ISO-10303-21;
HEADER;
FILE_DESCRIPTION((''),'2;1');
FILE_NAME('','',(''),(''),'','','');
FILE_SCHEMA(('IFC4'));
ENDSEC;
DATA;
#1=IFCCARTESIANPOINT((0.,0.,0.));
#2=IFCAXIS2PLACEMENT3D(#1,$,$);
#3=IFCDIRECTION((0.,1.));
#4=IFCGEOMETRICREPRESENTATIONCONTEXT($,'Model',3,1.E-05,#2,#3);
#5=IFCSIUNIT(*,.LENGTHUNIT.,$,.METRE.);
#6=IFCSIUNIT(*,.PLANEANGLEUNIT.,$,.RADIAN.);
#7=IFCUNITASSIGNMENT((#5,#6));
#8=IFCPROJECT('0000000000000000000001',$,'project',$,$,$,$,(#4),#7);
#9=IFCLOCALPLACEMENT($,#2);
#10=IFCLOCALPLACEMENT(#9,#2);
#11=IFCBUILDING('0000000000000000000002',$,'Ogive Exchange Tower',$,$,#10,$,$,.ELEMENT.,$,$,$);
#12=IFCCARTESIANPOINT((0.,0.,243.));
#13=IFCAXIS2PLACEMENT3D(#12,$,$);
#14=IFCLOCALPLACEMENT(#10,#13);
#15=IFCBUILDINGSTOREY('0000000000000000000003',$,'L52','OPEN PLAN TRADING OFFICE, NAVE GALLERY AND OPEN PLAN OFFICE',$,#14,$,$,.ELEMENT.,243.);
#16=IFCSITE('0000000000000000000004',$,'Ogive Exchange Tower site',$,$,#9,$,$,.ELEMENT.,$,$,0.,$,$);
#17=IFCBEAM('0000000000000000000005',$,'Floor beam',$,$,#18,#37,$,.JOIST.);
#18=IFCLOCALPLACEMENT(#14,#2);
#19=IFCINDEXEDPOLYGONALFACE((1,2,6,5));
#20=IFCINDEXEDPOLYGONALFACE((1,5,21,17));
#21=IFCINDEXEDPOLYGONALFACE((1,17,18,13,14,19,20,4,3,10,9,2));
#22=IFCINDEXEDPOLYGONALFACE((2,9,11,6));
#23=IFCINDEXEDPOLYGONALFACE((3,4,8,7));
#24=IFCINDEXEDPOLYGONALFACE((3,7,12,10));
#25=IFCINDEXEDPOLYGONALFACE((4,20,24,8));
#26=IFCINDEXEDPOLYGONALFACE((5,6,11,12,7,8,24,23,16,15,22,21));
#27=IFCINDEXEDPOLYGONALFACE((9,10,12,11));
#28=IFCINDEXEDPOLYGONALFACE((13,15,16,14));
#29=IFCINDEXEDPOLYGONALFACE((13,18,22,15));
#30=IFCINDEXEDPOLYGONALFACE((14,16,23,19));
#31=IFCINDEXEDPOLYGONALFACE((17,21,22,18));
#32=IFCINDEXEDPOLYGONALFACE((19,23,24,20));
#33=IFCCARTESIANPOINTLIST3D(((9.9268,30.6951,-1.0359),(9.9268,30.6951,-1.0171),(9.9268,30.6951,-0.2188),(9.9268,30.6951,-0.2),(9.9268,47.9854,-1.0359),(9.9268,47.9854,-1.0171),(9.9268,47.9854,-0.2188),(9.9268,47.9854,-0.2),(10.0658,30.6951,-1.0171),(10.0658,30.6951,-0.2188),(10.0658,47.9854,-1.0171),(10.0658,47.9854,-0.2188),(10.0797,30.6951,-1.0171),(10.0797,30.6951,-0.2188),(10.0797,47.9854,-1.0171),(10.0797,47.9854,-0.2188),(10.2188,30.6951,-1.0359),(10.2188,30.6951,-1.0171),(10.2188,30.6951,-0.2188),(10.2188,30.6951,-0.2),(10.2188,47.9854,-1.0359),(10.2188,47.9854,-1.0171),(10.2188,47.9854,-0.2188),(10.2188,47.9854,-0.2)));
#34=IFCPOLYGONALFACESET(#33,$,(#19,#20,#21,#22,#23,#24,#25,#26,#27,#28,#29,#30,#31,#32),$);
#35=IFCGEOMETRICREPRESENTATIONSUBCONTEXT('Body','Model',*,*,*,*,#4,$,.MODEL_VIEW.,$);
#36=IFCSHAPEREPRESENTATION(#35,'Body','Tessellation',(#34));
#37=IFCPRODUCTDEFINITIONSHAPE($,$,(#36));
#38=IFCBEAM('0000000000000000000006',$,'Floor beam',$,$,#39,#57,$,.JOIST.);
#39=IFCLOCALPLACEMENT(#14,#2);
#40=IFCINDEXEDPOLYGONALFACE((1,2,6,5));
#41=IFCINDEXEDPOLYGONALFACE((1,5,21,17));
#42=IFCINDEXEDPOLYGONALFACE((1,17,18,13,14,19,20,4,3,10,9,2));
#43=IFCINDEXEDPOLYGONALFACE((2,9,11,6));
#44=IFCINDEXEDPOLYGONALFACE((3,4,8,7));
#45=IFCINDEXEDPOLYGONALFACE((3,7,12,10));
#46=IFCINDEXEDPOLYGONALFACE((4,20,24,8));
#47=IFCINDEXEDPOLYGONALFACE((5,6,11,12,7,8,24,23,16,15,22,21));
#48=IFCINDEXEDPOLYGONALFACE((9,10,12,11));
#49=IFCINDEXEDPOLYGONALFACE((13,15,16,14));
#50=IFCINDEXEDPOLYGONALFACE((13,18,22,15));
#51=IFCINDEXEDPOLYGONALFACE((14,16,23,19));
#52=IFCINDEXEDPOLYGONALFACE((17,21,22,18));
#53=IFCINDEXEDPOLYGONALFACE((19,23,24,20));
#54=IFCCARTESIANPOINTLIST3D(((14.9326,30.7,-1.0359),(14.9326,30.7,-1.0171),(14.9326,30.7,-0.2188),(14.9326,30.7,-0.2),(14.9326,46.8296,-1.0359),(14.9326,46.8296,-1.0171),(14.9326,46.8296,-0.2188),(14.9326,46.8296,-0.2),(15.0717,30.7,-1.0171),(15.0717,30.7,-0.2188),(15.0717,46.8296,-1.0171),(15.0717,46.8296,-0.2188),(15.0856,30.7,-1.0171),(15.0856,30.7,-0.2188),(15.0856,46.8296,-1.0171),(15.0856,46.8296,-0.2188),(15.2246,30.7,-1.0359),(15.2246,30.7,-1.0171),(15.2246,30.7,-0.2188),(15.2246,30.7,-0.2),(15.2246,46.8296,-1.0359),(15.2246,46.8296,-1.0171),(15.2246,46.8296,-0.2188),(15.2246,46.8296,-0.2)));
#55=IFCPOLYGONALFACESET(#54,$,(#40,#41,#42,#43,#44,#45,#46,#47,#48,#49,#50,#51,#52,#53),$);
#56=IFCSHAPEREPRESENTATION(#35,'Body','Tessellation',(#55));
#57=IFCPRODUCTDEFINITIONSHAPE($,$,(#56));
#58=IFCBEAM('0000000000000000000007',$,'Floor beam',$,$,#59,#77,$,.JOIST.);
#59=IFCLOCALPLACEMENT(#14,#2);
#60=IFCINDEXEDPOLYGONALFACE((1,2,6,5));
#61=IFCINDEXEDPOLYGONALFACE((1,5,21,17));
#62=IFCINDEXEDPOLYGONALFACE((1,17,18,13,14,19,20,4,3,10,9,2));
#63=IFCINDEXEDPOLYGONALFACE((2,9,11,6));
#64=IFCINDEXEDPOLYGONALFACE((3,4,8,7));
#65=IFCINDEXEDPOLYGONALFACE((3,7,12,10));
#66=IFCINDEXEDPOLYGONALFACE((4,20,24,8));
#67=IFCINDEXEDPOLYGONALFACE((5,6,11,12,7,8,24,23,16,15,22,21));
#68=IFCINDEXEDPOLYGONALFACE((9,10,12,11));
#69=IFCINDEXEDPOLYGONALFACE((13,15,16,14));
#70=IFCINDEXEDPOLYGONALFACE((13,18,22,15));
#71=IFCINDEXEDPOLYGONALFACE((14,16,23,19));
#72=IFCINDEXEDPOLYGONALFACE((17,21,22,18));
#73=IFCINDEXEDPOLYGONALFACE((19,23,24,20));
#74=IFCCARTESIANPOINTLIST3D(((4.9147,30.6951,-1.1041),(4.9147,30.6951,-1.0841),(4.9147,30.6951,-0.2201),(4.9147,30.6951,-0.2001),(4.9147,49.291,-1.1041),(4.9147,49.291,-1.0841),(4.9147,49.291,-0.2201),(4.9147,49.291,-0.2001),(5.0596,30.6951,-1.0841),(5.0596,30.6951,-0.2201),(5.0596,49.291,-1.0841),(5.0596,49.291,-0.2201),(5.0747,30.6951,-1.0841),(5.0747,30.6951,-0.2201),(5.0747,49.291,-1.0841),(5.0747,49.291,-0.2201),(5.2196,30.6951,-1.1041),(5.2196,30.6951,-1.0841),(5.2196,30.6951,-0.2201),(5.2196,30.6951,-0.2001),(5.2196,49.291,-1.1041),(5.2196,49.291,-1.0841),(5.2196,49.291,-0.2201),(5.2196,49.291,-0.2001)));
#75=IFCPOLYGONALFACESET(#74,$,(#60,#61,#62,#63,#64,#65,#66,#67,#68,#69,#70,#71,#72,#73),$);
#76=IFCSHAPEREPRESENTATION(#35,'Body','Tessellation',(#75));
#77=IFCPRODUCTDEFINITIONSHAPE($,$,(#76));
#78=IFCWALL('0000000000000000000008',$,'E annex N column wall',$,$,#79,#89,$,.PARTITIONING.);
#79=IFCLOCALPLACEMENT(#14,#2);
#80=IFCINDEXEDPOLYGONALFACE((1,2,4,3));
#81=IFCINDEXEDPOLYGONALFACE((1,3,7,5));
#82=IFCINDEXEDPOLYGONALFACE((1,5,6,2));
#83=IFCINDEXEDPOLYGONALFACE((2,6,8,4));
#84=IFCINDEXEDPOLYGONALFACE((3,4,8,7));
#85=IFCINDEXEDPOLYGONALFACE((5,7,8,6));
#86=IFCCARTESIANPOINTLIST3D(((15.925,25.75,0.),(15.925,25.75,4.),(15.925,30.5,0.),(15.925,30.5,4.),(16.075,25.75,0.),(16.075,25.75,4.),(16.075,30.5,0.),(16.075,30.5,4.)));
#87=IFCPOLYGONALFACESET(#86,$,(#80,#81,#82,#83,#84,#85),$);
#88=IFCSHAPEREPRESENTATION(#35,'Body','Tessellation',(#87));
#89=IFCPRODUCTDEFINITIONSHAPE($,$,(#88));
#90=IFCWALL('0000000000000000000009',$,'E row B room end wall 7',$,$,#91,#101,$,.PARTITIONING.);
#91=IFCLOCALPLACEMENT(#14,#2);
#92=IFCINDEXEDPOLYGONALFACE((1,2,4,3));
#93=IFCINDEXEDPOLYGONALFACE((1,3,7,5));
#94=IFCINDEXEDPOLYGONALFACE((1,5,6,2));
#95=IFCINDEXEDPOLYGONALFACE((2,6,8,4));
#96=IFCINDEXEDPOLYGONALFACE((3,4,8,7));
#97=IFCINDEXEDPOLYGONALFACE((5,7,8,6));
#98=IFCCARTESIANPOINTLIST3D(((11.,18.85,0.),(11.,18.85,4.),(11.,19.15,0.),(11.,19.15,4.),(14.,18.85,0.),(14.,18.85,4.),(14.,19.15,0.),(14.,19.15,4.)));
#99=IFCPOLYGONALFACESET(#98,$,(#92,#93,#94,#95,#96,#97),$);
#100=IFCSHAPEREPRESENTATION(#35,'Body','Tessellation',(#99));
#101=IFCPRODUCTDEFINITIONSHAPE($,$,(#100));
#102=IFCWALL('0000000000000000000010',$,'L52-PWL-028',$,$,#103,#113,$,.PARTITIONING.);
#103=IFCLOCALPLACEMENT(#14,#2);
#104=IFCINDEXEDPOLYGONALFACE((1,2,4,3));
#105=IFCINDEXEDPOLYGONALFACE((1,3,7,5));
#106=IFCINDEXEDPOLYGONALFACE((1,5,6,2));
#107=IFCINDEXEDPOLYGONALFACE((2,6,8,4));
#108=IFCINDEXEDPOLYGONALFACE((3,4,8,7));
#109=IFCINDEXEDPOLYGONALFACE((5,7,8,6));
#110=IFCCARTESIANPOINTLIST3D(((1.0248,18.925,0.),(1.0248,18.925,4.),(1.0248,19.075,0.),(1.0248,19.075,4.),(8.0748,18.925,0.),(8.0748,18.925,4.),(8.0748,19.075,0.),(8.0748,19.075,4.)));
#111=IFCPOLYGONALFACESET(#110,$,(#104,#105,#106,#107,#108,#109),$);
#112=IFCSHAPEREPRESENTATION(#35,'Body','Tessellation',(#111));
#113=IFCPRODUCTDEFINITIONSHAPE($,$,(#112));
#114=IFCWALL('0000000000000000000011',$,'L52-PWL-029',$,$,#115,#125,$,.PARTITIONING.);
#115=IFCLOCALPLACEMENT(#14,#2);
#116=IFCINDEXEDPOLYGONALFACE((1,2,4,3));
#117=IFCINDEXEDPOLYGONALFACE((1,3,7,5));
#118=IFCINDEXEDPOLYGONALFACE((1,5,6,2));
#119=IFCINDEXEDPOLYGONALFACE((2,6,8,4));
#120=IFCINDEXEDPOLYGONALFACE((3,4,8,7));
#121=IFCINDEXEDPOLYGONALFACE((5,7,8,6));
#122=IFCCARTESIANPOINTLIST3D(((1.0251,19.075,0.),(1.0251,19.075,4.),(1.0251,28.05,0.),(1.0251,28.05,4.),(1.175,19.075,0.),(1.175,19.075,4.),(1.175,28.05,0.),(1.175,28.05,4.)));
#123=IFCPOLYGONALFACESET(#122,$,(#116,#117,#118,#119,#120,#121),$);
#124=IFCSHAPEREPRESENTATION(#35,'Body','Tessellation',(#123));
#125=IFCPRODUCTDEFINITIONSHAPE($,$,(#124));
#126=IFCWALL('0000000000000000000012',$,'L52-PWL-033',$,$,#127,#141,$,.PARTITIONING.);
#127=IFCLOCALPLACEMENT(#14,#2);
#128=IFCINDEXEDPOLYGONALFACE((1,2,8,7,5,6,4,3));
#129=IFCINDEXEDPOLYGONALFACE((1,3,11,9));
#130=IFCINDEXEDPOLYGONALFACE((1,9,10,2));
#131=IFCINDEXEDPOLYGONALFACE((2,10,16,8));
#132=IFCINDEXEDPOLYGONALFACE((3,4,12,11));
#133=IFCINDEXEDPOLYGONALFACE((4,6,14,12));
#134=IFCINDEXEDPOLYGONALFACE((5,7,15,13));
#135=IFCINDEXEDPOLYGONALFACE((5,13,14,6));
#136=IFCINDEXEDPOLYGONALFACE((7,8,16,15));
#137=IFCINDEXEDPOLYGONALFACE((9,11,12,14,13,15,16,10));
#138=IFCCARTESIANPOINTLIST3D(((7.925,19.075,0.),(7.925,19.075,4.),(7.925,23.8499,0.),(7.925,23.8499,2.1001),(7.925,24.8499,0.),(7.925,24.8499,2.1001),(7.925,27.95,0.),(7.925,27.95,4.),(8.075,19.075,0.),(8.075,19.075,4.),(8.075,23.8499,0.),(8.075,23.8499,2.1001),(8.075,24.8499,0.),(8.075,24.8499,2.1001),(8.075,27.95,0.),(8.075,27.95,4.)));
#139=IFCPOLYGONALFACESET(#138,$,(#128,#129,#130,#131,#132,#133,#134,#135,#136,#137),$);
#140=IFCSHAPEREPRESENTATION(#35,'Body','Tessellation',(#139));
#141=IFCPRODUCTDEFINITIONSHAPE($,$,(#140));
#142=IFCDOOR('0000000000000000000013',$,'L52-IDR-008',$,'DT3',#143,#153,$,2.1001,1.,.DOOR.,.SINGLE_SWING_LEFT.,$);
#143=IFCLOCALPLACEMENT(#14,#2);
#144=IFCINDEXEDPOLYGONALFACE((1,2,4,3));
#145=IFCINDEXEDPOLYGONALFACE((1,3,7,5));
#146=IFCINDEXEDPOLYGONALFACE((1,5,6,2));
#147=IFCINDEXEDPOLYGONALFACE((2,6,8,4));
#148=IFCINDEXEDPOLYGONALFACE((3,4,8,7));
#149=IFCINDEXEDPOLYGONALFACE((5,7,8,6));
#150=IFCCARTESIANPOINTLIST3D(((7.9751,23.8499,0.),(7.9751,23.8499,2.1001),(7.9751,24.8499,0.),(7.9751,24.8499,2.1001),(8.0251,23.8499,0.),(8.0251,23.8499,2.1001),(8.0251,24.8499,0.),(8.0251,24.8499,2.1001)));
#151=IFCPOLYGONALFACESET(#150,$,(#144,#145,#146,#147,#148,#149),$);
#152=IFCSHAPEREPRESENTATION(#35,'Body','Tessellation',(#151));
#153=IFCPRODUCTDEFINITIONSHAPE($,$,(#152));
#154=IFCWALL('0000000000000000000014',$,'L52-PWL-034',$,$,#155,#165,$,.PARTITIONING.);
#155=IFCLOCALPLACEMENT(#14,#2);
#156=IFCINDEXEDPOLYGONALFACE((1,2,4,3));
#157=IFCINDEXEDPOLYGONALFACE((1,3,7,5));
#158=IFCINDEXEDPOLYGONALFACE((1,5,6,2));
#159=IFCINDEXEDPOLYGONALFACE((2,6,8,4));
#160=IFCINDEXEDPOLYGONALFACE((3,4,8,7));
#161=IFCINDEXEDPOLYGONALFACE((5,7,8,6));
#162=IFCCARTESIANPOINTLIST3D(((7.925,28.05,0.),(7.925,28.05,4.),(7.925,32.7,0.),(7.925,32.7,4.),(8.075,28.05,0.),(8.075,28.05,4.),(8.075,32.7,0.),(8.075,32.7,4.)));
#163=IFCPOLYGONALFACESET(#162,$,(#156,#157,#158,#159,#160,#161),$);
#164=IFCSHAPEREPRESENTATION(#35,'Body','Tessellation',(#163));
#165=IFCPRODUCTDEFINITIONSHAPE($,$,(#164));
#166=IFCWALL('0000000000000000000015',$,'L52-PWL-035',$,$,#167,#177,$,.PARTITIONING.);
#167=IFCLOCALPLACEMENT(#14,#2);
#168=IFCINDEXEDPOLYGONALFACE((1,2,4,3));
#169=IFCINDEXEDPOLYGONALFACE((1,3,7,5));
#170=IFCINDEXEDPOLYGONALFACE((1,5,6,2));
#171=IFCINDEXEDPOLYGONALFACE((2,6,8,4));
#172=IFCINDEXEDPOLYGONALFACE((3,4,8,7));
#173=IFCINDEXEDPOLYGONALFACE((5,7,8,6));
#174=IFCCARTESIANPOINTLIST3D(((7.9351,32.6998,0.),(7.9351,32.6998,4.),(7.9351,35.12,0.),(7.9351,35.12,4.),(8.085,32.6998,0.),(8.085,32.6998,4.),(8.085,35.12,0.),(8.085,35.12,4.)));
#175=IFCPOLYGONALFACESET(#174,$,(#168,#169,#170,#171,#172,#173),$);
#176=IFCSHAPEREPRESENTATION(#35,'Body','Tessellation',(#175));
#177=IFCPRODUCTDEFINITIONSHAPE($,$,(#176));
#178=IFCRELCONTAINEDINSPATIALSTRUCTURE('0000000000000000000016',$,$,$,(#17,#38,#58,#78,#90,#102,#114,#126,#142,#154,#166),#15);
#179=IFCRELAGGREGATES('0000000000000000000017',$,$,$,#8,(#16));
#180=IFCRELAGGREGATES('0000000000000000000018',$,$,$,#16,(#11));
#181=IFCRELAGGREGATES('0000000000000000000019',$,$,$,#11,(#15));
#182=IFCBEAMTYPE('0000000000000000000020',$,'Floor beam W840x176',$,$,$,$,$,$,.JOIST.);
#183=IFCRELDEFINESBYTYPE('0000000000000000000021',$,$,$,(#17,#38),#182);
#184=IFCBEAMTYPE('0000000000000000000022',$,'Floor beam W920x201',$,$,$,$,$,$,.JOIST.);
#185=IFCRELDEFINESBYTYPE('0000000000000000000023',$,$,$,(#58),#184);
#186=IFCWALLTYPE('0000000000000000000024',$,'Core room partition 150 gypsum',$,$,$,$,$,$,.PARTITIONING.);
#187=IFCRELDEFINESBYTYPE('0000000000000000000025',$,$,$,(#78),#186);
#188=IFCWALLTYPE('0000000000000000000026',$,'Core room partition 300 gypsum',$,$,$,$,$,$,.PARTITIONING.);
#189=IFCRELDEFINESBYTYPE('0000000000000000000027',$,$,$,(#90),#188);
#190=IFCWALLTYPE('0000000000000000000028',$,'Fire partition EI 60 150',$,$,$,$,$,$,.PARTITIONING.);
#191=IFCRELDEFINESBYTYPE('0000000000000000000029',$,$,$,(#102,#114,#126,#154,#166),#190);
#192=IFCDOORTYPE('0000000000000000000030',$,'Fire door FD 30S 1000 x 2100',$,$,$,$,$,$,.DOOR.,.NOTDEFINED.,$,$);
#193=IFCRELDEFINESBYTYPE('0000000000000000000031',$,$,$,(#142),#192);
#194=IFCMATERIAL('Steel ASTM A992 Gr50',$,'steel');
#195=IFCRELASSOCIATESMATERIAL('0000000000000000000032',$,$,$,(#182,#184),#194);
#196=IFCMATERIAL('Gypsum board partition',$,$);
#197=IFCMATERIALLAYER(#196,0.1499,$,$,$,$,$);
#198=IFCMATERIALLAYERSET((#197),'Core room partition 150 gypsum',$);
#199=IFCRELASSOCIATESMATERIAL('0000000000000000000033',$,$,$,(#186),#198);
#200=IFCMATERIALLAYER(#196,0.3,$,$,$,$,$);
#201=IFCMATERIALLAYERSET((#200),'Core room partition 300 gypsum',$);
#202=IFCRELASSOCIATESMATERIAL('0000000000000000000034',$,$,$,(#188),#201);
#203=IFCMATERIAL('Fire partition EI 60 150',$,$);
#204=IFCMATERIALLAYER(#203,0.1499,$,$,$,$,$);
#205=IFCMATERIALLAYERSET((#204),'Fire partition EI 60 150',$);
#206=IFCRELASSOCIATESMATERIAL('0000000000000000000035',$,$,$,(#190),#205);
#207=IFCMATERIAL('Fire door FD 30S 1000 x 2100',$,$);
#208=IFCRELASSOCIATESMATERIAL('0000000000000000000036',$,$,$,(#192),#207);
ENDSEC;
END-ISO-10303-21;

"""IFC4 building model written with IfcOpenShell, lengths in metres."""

from ifc_helpers import new_model, si_unit, direction, frame, frame_2d, origin, origin_2d, place, context, subcontext, project, spatial, rectangle, i_section, extrude, material, layer, layer_set, material_profile, profile_set, type_object, element, fill, save


model = new_model("IFC4")

# Units and contexts
model_context = context("Model", 3, precision=1e-05, world=origin(), true_north=direction((0.0, 1.0)))
body_context = subcontext(model_context, "Body", "Model", "MODEL_VIEW")
ifc_project = project(units=[si_unit("LENGTHUNIT", "METRE"), si_unit("PLANEANGLEUNIT", "RADIAN")], contexts=[model_context])

# Site, building, storey
site_placement = place(None, origin())
site = spatial("IfcSite", under=ifc_project, at=site_placement, Name="Ogive Exchange Tower site", CompositionType="ELEMENT", RefElevation=0.0)
building_placement = place(site_placement, origin())
building = spatial("IfcBuilding", under=site, at=building_placement, Name="Ogive Exchange Tower", CompositionType="ELEMENT")
storey_placement = place(building_placement, frame((0.0, 0.0, 243.0)))
storey = spatial("IfcBuildingStorey", under=building, at=storey_placement, Name="L52", Description="OPEN PLAN TRADING OFFICE, NAVE GALLERY AND OPEN PLAN OFFICE", CompositionType="ELEMENT", Elevation=243.0)

# Beams
ifc_material_1 = material(Name="Steel ASTM A992 Gr50", Category="steel")
ifc_material_profile_1 = material_profile(ifc_material_1, i_section(OverallWidth=0.292, OverallDepth=0.8359, WebThickness=0.0139, FlangeThickness=0.0188, at=origin_2d()), Name="W840x176")
ifc_profile_set_1 = profile_set([ifc_material_profile_1], Name="Steel ASTM A992 Gr50")
beam_type_1 = type_object("IfcBeamType", Name="Floor beam W840x176", PredefinedType="JOIST", material=ifc_profile_set_1)
beam_1_placement = place(storey_placement, frame((10.0728, 30.6951, -0.6179), z_axis=(0.0, 1.0, 0.0), x_axis=(-1.0, 0.0, 0.0)))
element("IfcBeam", 1, at=beam_1_placement, inside=storey, type_object=beam_type_1, Name="Floor beam", PredefinedType="JOIST", context=body_context, shape_type="SweptSolid", body=[
    extrude(i_section(OverallWidth=0.292, OverallDepth=0.8359, WebThickness=0.0139, FlangeThickness=0.0188, at=origin_2d()), origin(), (0.0, 0.0, 1.0), 17.2903),
])
beam_2_placement = place(storey_placement, frame((15.0786, 30.7, -0.6179), z_axis=(0.0, 1.0, 0.0), x_axis=(-1.0, 0.0, 0.0)))
element("IfcBeam", 2, at=beam_2_placement, inside=storey, type_object=beam_type_1, Name="Floor beam", PredefinedType="JOIST", context=body_context, shape_type="SweptSolid", body=[
    extrude(i_section(OverallWidth=0.292, OverallDepth=0.8359, WebThickness=0.0139, FlangeThickness=0.0188, at=origin_2d()), origin(), (0.0, 0.0, 1.0), 16.1296),
])
ifc_material_profile_2 = material_profile(ifc_material_1, i_section(OverallWidth=0.3049, OverallDepth=0.9041, WebThickness=0.0151, FlangeThickness=0.02, at=origin_2d()), Name="W920x201")
ifc_profile_set_2 = profile_set([ifc_material_profile_2], Name="Steel ASTM A992 Gr50")
beam_type_2 = type_object("IfcBeamType", Name="Floor beam W920x201", PredefinedType="JOIST", material=ifc_profile_set_2)
beam_3_placement = place(storey_placement, frame((5.0671, 30.6951, -0.6521), z_axis=(0.0, 1.0, 0.0), x_axis=(-1.0, 0.0, 0.0)))
element("IfcBeam", 3, at=beam_3_placement, inside=storey, type_object=beam_type_2, Name="Floor beam", PredefinedType="JOIST", context=body_context, shape_type="SweptSolid", body=[
    extrude(i_section(OverallWidth=0.3049, OverallDepth=0.9041, WebThickness=0.0151, FlangeThickness=0.02, at=origin_2d()), origin(), (0.0, 0.0, 1.0), 18.5959),
])

# Walls
ifc_material_2 = material(Name="Gypsum board partition")
ifc_layer_1 = layer(ifc_material_2, 0.1499)
ifc_layer_set_1 = layer_set([ifc_layer_1], Name="Core room partition 150 gypsum")
wall_type_1 = type_object("IfcWallType", Name="Core room partition 150 gypsum", PredefinedType="PARTITIONING", material=ifc_layer_set_1)
wall_1_placement = place(storey_placement, frame((16.0, 25.75, 0.0), z_axis=(0.0, 0.0, 1.0), x_axis=(0.0, 1.0, 0.0)))
element("IfcWall", 4, at=wall_1_placement, inside=storey, type_object=wall_type_1, Name="E annex N column wall", PredefinedType="PARTITIONING", context=body_context, shape_type="SweptSolid", body=[
    extrude(rectangle(XDim=4.75, YDim=0.1499, at=frame_2d((2.375, 0.0))), origin(), (0.0, 0.0, 1.0), 4.0),
])
ifc_layer_2 = layer(ifc_material_2, 0.3)
ifc_layer_set_2 = layer_set([ifc_layer_2], Name="Core room partition 300 gypsum")
wall_type_2 = type_object("IfcWallType", Name="Core room partition 300 gypsum", PredefinedType="PARTITIONING", material=ifc_layer_set_2)
wall_2_placement = place(storey_placement, frame((11.0, 19.0, 0.0), z_axis=(0.0, 0.0, 1.0), x_axis=(1.0, 0.0, 0.0)))
element("IfcWall", 5, at=wall_2_placement, inside=storey, type_object=wall_type_2, Name="E row B room end wall 7", PredefinedType="PARTITIONING", context=body_context, shape_type="SweptSolid", body=[
    extrude(rectangle(XDim=3.0, YDim=0.3, at=frame_2d((1.5, 0.0))), origin(), (0.0, 0.0, 1.0), 4.0),
])
ifc_material_3 = material(Name="Fire partition EI 60 150")
ifc_layer_3 = layer(ifc_material_3, 0.1499)
ifc_layer_set_3 = layer_set([ifc_layer_3], Name="Fire partition EI 60 150")
wall_type_3 = type_object("IfcWallType", Name="Fire partition EI 60 150", PredefinedType="PARTITIONING", material=ifc_layer_set_3)
wall_3_placement = place(storey_placement, frame((1.0249, 19.0, 0.0), z_axis=(0.0, 0.0, 1.0), x_axis=(1.0, 0.0, 0.0)))
element("IfcWall", 6, at=wall_3_placement, inside=storey, type_object=wall_type_3, Name="L52-PWL-028", PredefinedType="PARTITIONING", context=body_context, shape_type="SweptSolid", body=[
    extrude(rectangle(XDim=7.05, YDim=0.1499, at=frame_2d((3.5249, 0.0))), origin(), (0.0, 0.0, 1.0), 4.0),
])
wall_4_placement = place(storey_placement, frame((1.1001, 28.05, 0.0), z_axis=(0.0, 0.0, 1.0), x_axis=(0.0, -1.0, 0.0)))
element("IfcWall", 7, at=wall_4_placement, inside=storey, type_object=wall_type_3, Name="L52-PWL-029", PredefinedType="PARTITIONING", context=body_context, shape_type="SweptSolid", body=[
    extrude(rectangle(XDim=8.9751, YDim=0.1499, at=frame_2d((4.4875, 0.0))), origin(), (0.0, 0.0, 1.0), 4.0),
])

# Wall, opening, door
wall_5_placement = place(storey_placement, frame((8.0, 19.075, 0.0), z_axis=(0.0, 0.0, 1.0), x_axis=(0.0, 1.0, 0.0)))
wall_5 = element("IfcWall", 8, at=wall_5_placement, inside=storey, type_object=wall_type_3, Name="L52-PWL-033", PredefinedType="PARTITIONING", context=body_context, shape_type="SweptSolid", body=[
    extrude(rectangle(XDim=8.875, YDim=0.1499, at=frame_2d((4.4375, 0.0))), origin(), (0.0, 0.0, 1.0), 4.0),
])
opening_1_placement = place(wall_5_placement, frame((4.7749, 0.0, 0.0)))
opening_1 = element("IfcOpeningElement", 9, at=opening_1_placement, cuts=wall_5, PredefinedType="OPENING", context=body_context, shape_type="SweptSolid", body=[
    extrude(rectangle(XDim=1.0, YDim=2.1001, at=frame_2d((0.5, 1.05))), frame((0.0, 0.085, 0.0), z_axis=(0.0, -1.0, 0.0), x_axis=(1.0, 0.0, 0.0)), (0.0, 0.0, 1.0), 0.1699),
])
ifc_material_4 = material(Name="Fire door FD 30S 1000 x 2100")
door_type_1 = type_object("IfcDoorType", Name="Fire door FD 30S 1000 x 2100", OperationType="NOTDEFINED", PredefinedType="DOOR", material=ifc_material_4)
door_1_placement = place(opening_1_placement, origin())
door_1 = element("IfcDoor", 10, at=door_1_placement, inside=storey, type_object=door_type_1, Name="L52-IDR-008", ObjectType="DT3", OperationType="SINGLE_SWING_LEFT", OverallHeight=2.1001, OverallWidth=1.0, PredefinedType="DOOR", context=body_context, shape_type="SweptSolid", body=[
    extrude(rectangle(XDim=1.0, YDim=2.1001, at=frame_2d((0.5, 1.05))), frame((0.0, 0.0249, 0.0), z_axis=(0.0, -1.0, 0.0), x_axis=(1.0, 0.0, 0.0)), (0.0, 0.0, 1.0), 0.05),
])
fill(opening_1, door_1)

# Walls
wall_6_placement = place(storey_placement, frame((8.0, 28.05, 0.0), z_axis=(0.0, 0.0, 1.0), x_axis=(0.0, 1.0, 0.0)))
element("IfcWall", 11, at=wall_6_placement, inside=storey, type_object=wall_type_3, Name="L52-PWL-034", PredefinedType="PARTITIONING", context=body_context, shape_type="SweptSolid", body=[
    extrude(rectangle(XDim=4.6499, YDim=0.1499, at=frame_2d((2.325, 0.0))), origin(), (0.0, 0.0, 1.0), 4.0),
])
wall_7_placement = place(storey_placement, frame((8.01, 32.7, 0.0), z_axis=(0.0, 0.0, 1.0), x_axis=(0.0, 1.0, 0.0)))
element("IfcWall", 12, at=wall_7_placement, inside=storey, type_object=wall_type_3, Name="L52-PWL-035", PredefinedType="PARTITIONING", context=body_context, shape_type="SweptSolid", body=[
    extrude(rectangle(XDim=2.4202, YDim=0.1499, at=frame_2d((1.21, 0.0))), origin(), (0.0, 0.0, 1.0), 4.0),
])

save(model, "model.ifc")
